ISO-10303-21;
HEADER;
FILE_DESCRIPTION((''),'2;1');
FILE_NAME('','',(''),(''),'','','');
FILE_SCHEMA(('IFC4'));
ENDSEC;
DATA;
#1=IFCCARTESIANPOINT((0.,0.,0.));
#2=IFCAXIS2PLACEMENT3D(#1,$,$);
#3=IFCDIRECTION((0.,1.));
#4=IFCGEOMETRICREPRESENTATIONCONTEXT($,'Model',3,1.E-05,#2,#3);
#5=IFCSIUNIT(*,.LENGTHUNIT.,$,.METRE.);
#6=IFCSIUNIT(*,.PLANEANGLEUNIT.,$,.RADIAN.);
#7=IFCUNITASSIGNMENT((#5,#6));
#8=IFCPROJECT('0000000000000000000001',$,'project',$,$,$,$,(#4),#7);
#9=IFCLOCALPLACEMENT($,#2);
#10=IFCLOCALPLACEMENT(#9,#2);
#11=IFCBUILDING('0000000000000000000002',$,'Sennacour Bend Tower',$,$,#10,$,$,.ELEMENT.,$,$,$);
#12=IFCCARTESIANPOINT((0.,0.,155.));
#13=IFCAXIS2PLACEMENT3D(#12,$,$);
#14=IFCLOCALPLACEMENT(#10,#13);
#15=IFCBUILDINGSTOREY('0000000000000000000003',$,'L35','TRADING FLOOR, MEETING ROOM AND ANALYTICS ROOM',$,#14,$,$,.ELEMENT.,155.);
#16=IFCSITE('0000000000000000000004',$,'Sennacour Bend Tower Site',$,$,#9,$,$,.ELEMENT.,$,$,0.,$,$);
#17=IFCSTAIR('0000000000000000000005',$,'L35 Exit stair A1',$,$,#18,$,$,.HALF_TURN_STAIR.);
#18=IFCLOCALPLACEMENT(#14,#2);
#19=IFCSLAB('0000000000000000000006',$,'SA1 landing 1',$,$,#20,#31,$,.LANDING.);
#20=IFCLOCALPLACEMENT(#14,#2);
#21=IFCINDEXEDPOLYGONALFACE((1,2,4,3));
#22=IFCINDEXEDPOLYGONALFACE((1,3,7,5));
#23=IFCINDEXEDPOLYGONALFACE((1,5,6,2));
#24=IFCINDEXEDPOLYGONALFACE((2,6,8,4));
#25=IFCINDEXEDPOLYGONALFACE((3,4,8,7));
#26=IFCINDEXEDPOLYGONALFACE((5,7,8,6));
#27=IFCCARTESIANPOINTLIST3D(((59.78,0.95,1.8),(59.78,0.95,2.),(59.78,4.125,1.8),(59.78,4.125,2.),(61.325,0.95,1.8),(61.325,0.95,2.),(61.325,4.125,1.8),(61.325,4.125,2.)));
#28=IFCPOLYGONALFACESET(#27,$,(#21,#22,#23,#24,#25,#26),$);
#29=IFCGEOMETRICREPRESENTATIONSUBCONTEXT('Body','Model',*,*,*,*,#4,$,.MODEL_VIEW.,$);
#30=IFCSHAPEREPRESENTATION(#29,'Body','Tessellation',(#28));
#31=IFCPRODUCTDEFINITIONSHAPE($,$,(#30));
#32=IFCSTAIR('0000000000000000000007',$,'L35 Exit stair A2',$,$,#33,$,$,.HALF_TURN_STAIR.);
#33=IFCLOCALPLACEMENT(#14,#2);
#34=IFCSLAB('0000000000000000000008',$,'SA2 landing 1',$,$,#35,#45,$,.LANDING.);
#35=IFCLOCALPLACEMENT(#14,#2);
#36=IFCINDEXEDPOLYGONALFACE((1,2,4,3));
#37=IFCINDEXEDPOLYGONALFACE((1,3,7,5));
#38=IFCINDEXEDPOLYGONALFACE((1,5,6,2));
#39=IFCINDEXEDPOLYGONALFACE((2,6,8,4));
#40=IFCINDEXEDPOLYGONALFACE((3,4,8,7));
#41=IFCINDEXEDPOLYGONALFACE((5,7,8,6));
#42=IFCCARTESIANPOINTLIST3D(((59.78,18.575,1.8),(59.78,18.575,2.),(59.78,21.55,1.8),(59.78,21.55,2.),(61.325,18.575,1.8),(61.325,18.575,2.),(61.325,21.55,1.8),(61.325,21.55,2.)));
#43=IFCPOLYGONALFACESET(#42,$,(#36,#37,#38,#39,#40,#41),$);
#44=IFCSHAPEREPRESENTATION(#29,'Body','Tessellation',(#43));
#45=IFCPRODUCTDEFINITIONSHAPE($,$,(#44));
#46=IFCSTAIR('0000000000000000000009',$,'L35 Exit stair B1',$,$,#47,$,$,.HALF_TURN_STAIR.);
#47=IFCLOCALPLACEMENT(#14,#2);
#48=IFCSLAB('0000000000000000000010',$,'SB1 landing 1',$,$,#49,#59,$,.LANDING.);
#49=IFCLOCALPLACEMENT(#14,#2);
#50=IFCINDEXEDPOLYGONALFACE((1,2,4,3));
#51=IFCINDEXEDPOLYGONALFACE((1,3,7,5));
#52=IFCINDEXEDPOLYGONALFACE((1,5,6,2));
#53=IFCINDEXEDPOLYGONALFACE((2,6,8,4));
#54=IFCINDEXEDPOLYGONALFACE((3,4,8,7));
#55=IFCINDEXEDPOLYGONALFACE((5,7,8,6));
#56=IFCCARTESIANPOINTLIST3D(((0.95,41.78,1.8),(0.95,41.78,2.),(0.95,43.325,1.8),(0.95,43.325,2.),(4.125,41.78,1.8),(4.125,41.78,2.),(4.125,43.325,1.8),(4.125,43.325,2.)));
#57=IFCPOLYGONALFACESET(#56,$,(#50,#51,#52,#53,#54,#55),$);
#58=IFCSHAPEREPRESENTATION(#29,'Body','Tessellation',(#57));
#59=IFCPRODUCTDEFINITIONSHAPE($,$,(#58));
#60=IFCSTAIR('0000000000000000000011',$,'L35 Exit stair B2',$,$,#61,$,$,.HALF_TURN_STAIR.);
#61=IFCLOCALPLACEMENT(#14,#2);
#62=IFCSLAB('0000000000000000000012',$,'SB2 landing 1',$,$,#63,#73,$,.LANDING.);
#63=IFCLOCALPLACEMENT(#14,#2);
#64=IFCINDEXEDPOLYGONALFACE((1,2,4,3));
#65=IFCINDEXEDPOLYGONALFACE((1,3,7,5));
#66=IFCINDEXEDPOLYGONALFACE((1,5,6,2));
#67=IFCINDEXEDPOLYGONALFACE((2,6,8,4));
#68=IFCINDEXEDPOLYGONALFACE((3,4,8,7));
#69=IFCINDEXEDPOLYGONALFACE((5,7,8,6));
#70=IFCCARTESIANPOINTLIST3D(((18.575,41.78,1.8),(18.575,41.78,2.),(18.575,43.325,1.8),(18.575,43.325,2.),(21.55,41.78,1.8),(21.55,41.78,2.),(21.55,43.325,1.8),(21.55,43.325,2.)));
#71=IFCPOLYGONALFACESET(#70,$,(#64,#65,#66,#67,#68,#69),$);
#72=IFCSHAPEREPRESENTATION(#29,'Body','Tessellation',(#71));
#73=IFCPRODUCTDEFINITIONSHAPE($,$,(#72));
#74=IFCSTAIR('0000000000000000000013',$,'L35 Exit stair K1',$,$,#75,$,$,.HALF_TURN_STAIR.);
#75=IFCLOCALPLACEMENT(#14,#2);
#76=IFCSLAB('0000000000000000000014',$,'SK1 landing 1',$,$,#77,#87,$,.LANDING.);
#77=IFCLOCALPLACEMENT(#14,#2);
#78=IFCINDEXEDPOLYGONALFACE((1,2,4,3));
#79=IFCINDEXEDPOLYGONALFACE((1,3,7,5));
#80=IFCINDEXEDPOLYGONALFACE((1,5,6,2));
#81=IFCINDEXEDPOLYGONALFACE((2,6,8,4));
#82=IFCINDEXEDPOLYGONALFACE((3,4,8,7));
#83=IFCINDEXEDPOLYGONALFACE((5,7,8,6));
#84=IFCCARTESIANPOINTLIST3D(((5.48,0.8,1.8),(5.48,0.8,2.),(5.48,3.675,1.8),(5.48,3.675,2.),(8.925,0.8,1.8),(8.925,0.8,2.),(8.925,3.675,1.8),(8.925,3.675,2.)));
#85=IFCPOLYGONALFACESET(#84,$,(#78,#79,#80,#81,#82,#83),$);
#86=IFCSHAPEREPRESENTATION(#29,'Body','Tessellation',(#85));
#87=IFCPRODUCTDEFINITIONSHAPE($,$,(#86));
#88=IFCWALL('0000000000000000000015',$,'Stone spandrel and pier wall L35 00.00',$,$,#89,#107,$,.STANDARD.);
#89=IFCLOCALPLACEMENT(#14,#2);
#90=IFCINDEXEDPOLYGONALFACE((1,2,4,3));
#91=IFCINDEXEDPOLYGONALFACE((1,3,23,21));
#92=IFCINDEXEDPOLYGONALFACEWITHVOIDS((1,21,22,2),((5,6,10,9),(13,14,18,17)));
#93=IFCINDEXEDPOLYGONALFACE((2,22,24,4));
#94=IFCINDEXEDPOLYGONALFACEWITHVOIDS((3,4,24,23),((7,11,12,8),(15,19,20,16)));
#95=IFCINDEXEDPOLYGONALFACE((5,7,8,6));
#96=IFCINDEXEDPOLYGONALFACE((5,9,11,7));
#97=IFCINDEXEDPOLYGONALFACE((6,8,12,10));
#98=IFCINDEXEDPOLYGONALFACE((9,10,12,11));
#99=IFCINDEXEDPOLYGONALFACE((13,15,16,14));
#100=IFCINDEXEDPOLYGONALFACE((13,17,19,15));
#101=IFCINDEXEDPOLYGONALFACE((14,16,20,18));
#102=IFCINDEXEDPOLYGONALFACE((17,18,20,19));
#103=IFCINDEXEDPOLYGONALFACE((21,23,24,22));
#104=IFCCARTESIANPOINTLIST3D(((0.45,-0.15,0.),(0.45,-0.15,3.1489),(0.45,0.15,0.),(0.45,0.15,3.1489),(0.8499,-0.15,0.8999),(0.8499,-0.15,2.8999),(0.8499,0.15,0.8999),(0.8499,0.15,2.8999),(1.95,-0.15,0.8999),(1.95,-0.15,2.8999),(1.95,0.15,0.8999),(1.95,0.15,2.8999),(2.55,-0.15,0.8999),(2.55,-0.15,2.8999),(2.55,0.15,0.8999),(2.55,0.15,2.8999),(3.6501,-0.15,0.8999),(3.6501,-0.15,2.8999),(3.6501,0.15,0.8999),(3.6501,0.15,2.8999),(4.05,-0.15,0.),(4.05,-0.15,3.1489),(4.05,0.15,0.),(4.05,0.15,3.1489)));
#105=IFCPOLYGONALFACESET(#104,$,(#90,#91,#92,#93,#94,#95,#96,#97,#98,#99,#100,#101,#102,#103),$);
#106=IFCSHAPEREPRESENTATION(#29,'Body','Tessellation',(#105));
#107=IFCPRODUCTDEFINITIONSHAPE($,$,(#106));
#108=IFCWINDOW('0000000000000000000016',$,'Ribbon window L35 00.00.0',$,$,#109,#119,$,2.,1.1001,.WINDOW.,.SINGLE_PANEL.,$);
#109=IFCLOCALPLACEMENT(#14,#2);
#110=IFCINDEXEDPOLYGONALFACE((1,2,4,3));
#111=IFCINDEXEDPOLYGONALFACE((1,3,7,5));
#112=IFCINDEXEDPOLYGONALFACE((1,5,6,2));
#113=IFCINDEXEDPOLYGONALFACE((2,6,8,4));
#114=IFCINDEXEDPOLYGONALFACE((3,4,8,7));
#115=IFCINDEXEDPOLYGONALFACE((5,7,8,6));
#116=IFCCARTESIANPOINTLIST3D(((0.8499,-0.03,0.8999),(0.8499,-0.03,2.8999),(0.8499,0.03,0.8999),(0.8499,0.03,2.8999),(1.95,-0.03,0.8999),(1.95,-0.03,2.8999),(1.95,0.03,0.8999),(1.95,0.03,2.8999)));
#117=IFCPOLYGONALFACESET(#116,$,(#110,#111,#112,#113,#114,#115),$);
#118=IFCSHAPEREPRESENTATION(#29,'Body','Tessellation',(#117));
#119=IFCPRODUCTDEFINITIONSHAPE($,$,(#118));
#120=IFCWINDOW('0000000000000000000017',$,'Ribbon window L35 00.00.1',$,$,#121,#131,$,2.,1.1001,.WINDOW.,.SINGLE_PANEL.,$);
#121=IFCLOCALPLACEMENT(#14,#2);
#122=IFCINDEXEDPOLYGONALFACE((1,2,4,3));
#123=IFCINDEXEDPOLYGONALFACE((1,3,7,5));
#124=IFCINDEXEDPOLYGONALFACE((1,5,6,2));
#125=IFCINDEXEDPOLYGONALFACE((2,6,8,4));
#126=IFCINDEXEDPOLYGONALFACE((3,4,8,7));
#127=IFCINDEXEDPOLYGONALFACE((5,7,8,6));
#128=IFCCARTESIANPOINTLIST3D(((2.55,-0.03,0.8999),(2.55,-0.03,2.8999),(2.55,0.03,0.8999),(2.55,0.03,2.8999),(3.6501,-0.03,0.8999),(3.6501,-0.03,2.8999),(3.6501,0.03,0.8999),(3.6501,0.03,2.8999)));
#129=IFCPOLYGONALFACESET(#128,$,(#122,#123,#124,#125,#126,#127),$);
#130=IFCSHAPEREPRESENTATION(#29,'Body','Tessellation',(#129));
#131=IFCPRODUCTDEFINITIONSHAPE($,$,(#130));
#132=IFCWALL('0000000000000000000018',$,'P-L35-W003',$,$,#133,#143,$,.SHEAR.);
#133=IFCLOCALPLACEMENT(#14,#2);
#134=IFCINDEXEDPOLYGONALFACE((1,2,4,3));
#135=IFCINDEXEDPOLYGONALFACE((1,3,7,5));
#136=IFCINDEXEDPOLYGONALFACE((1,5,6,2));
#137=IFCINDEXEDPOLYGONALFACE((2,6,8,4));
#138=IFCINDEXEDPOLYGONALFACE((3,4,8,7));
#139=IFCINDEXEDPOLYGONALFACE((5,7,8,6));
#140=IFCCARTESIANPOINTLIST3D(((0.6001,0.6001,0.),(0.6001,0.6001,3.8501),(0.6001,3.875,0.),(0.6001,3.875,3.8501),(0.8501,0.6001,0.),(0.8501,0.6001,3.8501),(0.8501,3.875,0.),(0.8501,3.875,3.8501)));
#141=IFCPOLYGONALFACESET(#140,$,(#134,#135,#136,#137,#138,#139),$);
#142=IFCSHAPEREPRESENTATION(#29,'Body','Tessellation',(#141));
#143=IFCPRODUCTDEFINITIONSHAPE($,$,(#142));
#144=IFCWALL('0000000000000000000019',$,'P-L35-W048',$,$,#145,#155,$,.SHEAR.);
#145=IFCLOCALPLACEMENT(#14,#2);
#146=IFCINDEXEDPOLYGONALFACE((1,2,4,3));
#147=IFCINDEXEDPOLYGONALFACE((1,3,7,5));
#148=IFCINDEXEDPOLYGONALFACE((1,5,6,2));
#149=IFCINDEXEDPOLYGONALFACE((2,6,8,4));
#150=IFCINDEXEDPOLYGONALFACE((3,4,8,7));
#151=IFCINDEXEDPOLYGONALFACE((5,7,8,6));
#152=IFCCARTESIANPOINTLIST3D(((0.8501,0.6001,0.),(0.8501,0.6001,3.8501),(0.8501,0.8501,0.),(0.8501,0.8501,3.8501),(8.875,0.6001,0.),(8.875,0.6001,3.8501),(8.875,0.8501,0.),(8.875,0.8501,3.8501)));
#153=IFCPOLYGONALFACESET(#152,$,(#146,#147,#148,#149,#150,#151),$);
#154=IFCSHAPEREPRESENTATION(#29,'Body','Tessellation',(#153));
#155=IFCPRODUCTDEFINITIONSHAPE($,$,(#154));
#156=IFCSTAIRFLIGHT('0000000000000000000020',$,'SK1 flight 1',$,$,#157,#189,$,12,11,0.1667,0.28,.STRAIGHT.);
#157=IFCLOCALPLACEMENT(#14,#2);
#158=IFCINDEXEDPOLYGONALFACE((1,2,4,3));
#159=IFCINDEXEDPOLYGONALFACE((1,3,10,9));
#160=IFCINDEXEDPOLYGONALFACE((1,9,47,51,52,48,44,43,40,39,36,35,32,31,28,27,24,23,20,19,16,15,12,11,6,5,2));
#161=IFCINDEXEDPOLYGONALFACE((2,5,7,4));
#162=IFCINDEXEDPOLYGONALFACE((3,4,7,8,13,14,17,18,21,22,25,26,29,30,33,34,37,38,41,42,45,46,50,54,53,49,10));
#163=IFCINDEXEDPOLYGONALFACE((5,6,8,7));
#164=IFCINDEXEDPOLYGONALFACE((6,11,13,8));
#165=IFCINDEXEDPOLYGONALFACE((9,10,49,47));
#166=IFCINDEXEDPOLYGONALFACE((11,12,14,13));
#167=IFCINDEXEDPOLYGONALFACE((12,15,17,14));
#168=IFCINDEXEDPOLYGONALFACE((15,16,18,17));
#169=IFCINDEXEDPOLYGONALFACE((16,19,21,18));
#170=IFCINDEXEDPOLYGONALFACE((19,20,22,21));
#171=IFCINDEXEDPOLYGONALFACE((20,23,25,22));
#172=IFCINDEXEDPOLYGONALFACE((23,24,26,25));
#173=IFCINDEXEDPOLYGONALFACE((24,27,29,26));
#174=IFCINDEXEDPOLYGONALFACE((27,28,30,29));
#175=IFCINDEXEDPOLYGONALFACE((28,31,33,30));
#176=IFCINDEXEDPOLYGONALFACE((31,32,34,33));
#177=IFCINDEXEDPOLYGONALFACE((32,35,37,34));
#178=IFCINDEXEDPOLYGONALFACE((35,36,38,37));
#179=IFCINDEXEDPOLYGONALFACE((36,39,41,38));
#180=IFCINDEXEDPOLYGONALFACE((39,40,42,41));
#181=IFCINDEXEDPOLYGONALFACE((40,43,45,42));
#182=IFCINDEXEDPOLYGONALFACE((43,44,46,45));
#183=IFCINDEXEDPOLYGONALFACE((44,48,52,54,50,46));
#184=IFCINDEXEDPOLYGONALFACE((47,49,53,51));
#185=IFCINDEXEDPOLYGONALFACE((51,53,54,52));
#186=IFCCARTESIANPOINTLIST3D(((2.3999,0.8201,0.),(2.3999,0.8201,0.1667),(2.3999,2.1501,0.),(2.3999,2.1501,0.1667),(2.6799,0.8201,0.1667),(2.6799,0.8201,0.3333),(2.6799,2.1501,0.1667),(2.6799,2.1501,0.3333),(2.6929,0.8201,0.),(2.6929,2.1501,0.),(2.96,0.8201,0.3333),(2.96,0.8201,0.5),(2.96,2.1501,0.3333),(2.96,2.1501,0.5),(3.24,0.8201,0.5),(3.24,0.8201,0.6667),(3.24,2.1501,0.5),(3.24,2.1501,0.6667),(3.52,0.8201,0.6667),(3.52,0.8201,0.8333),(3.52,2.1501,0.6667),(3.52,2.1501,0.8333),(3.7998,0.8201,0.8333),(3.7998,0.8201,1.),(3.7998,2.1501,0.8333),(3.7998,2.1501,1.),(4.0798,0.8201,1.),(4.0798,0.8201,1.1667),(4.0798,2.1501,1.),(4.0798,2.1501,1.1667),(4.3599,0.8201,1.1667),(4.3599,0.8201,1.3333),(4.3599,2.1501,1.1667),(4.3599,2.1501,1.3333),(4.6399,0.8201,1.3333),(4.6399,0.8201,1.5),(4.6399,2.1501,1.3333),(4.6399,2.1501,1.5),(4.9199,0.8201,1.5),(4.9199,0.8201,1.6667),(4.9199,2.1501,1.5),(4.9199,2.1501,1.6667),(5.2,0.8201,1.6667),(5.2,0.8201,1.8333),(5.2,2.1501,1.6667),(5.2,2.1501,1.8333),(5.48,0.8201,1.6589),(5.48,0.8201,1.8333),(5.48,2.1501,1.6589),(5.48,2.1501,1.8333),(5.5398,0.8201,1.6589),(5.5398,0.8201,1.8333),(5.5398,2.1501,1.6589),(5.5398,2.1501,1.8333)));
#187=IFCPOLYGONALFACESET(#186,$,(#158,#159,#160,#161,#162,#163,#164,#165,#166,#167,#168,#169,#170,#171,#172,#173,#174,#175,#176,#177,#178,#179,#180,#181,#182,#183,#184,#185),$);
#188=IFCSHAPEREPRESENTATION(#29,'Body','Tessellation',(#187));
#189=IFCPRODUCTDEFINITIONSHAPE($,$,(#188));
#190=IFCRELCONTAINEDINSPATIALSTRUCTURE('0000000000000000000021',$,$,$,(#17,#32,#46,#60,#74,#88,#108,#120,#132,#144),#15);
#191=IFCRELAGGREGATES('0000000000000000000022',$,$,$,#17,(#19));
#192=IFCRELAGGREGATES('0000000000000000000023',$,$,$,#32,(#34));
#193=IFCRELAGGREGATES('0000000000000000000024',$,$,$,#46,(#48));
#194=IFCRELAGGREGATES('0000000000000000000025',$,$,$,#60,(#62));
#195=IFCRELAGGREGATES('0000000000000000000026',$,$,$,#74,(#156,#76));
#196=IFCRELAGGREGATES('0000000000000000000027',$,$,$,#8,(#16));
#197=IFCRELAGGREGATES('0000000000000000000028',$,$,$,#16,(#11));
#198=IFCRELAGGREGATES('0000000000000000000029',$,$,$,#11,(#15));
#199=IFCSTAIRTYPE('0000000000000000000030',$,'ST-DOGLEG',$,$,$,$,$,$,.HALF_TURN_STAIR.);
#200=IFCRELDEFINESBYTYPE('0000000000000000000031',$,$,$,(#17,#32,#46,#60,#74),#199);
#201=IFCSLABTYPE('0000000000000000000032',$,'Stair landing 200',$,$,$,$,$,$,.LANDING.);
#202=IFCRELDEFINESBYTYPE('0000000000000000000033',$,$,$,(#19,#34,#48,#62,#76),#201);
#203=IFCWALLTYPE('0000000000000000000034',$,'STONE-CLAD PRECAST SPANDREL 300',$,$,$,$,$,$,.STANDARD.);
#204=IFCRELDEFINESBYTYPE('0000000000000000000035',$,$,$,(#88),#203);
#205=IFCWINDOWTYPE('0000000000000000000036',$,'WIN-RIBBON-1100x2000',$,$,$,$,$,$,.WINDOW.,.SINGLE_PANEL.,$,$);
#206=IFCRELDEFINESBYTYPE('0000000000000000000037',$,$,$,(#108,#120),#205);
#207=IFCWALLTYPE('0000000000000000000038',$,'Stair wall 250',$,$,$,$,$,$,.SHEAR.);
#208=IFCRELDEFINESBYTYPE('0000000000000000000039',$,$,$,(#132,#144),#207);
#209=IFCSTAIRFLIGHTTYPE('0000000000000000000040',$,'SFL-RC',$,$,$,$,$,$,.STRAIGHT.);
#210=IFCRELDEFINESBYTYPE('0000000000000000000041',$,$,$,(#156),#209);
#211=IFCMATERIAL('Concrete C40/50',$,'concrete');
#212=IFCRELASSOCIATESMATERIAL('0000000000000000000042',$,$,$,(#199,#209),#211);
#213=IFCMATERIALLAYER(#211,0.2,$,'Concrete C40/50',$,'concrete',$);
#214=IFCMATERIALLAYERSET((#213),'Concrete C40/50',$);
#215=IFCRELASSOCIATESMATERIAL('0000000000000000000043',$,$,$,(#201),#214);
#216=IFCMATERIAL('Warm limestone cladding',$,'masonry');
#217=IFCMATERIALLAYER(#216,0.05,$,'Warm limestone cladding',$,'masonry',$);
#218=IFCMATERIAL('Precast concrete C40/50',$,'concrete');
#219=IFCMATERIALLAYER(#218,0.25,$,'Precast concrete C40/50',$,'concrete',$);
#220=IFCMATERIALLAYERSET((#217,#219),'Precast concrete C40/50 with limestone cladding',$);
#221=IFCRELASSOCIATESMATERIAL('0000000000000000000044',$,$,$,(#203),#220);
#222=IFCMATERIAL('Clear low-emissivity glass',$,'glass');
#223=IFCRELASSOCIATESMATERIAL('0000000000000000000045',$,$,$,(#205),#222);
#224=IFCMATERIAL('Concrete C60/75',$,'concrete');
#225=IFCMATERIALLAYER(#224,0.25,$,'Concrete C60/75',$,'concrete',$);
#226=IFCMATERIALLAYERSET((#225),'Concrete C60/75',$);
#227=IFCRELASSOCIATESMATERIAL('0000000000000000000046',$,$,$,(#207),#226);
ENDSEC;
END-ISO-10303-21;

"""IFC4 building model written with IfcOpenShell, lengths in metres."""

from ifc_helpers import new_model, si_unit, direction, frame, frame_2d, origin, place, context, subcontext, project, spatial, polyline, rectangle, outline, extrude, material, layer, layer_set, type_object, element, fill, aggregate, save


model = new_model("IFC4")

# Units and contexts
model_context = context("Model", 3, precision=1e-05, world=origin(), true_north=direction((0.0, 1.0)))
body_context = subcontext(model_context, "Body", "Model", "MODEL_VIEW")
ifc_project = project(units=[si_unit("LENGTHUNIT", "METRE"), si_unit("PLANEANGLEUNIT", "RADIAN")], contexts=[model_context])

# Site, building, storey
site_placement = place(None, origin())
site = spatial("IfcSite", under=ifc_project, at=site_placement, Name="Sennacour Bend Tower Site", CompositionType="ELEMENT", RefElevation=0.0)
building_placement = place(site_placement, origin())
building = spatial("IfcBuilding", under=site, at=building_placement, Name="Sennacour Bend Tower", CompositionType="ELEMENT")
storey_placement = place(building_placement, frame((0.0, 0.0, 155.0)))
storey = spatial("IfcBuildingStorey", under=building, at=storey_placement, Name="L35", Description="TRADING FLOOR, MEETING ROOM AND ANALYTICS ROOM", CompositionType="ELEMENT", Elevation=155.0)

# Shared definitions
ifc_material_1 = material(Name="Concrete C40/50", Category="concrete")

# Stairs, slabs
stair_type = type_object("IfcStairType", Name="ST-DOGLEG", PredefinedType="HALF_TURN_STAIR", material=ifc_material_1)
stair_1_placement = place(storey_placement, origin())
stair_1 = element("IfcStair", 1, at=stair_1_placement, inside=storey, type_object=stair_type, Name="L35 Exit stair A1", PredefinedType="HALF_TURN_STAIR")
ifc_layer_1 = layer(ifc_material_1, 0.2, Name="Concrete C40/50", Category="concrete")
ifc_layer_set_1 = layer_set([ifc_layer_1], Name="Concrete C40/50")
slab_type_1 = type_object("IfcSlabType", Name="Stair landing 200", PredefinedType="LANDING", material=ifc_layer_set_1)
slab_1_placement = place(storey_placement, frame((0.0, 0.0, 1.8)))
slab_1 = element("IfcSlab", 2, at=slab_1_placement, type_object=slab_type_1, Name="SA1 landing 1", PredefinedType="LANDING", context=body_context, shape_type="SweptSolid", body=[
    extrude(outline(polyline([(59.78, 0.95), (61.325, 0.95), (61.325, 4.125), (59.78, 4.125), (59.78, 0.95)])), origin(), (0.0, 0.0, 1.0), 0.2),
])
aggregate(stair_1, [slab_1])
stair_2_placement = place(storey_placement, origin())
stair_2 = element("IfcStair", 3, at=stair_2_placement, inside=storey, type_object=stair_type, Name="L35 Exit stair A2", PredefinedType="HALF_TURN_STAIR")
slab_2_placement = place(storey_placement, frame((0.0, 0.0, 1.8)))
slab_2 = element("IfcSlab", 4, at=slab_2_placement, type_object=slab_type_1, Name="SA2 landing 1", PredefinedType="LANDING", context=body_context, shape_type="SweptSolid", body=[
    extrude(outline(polyline([(59.78, 18.575), (61.325, 18.575), (61.325, 21.55), (59.78, 21.55), (59.78, 18.575)])), origin(), (0.0, 0.0, 1.0), 0.2),
])
aggregate(stair_2, [slab_2])
stair_3_placement = place(storey_placement, origin())
stair_3 = element("IfcStair", 5, at=stair_3_placement, inside=storey, type_object=stair_type, Name="L35 Exit stair B1", PredefinedType="HALF_TURN_STAIR")
slab_3_placement = place(storey_placement, frame((0.0, 0.0, 1.8)))
slab_3 = element("IfcSlab", 6, at=slab_3_placement, type_object=slab_type_1, Name="SB1 landing 1", PredefinedType="LANDING", context=body_context, shape_type="SweptSolid", body=[
    extrude(outline(polyline([(0.95, 41.78), (4.125, 41.78), (4.125, 43.325), (0.95, 43.325), (0.95, 41.78)])), origin(), (0.0, 0.0, 1.0), 0.2),
])
aggregate(stair_3, [slab_3])
stair_4_placement = place(storey_placement, origin())
stair_4 = element("IfcStair", 7, at=stair_4_placement, inside=storey, type_object=stair_type, Name="L35 Exit stair B2", PredefinedType="HALF_TURN_STAIR")
slab_4_placement = place(storey_placement, frame((0.0, 0.0, 1.8)))
slab_4 = element("IfcSlab", 8, at=slab_4_placement, type_object=slab_type_1, Name="SB2 landing 1", PredefinedType="LANDING", context=body_context, shape_type="SweptSolid", body=[
    extrude(outline(polyline([(18.575, 41.78), (21.55, 41.78), (21.55, 43.325), (18.575, 43.325), (18.575, 41.78)])), origin(), (0.0, 0.0, 1.0), 0.2),
])
aggregate(stair_4, [slab_4])
stair_5_placement = place(storey_placement, origin())
stair_5 = element("IfcStair", 9, at=stair_5_placement, inside=storey, type_object=stair_type, Name="L35 Exit stair K1", PredefinedType="HALF_TURN_STAIR")
slab_5_placement = place(storey_placement, frame((0.0, 0.0, 1.8)))
slab_5 = element("IfcSlab", 10, at=slab_5_placement, type_object=slab_type_1, Name="SK1 landing 1", PredefinedType="LANDING", context=body_context, shape_type="SweptSolid", body=[
    extrude(outline(polyline([(5.48, 0.8), (8.925, 0.8), (8.925, 3.675), (5.48, 3.675), (5.48, 0.8)])), origin(), (0.0, 0.0, 1.0), 0.2),
])

# Wall, openings, windows
ifc_material_2 = material(Name="Warm limestone cladding", Category="masonry")
ifc_layer_2 = layer(ifc_material_2, 0.05, Name="Warm limestone cladding", Category="masonry")
ifc_material_3 = material(Name="Precast concrete C40/50", Category="concrete")
ifc_layer_3 = layer(ifc_material_3, 0.25, Name="Precast concrete C40/50", Category="concrete")
ifc_layer_set_2 = layer_set([ifc_layer_2, ifc_layer_3], Name="Precast concrete C40/50 with limestone cladding")
wall_type_1 = type_object("IfcWallType", Name="STONE-CLAD PRECAST SPANDREL 300", PredefinedType="STANDARD", material=ifc_layer_set_2)
wall_1_placement = place(storey_placement, frame((0.45, 0.0, 0.0), z_axis=(0.0, 0.0, 1.0), x_axis=(1.0, 0.0, 0.0)))
wall_1 = element("IfcWall", 11, at=wall_1_placement, inside=storey, type_object=wall_type_1, Name="Stone spandrel and pier wall L35 00.00", PredefinedType="STANDARD", context=body_context, shape_type="SweptSolid", body=[
    extrude(rectangle(XDim=3.6001, YDim=0.3, at=frame_2d((1.8, 0.0))), origin(), (0.0, 0.0, 1.0), 3.1489),
])
opening_1_placement = place(wall_1_placement, frame((0.3999, 0.0, 0.8999)))
opening_1 = element("IfcOpeningElement", 12, at=opening_1_placement, cuts=wall_1, PredefinedType="OPENING", context=body_context, shape_type="SweptSolid", body=[
    extrude(rectangle(XDim=1.1001, YDim=2.0, at=frame_2d((0.55, 1.0))), frame((0.0, 0.1602, 0.0), z_axis=(0.0, -1.0, 0.0), x_axis=(1.0, 0.0, 0.0)), (0.0, 0.0, 1.0), 0.3201),
])
opening_2_placement = place(wall_1_placement, frame((2.1001, 0.0, 0.8999)))
opening_2 = element("IfcOpeningElement", 13, at=opening_2_placement, cuts=wall_1, PredefinedType="OPENING", context=body_context, shape_type="SweptSolid", body=[
    extrude(rectangle(XDim=1.1001, YDim=2.0, at=frame_2d((0.55, 1.0))), frame((0.0, 0.1602, 0.0), z_axis=(0.0, -1.0, 0.0), x_axis=(1.0, 0.0, 0.0)), (0.0, 0.0, 1.0), 0.3201),
])
ifc_material_4 = material(Name="Clear low-emissivity glass", Category="glass")
window_type = type_object("IfcWindowType", Name="WIN-RIBBON-1100x2000", PartitioningType="SINGLE_PANEL", PredefinedType="WINDOW", material=ifc_material_4)
window_1_placement = place(opening_1_placement, origin())
window_1 = element("IfcWindow", 14, at=window_1_placement, inside=storey, type_object=window_type, Name="Ribbon window L35 00.00.0", OverallHeight=2.0, OverallWidth=1.1001, PartitioningType="SINGLE_PANEL", PredefinedType="WINDOW", context=body_context, shape_type="SweptSolid", body=[
    extrude(rectangle(XDim=1.1001, YDim=2.0, at=frame_2d((0.55, 1.0))), frame((0.0, 0.03, 0.0), z_axis=(0.0, -1.0, 0.0), x_axis=(1.0, 0.0, 0.0)), (0.0, 0.0, 1.0), 0.0601),
])
fill(opening_1, window_1)
window_2_placement = place(opening_2_placement, origin())
window_2 = element("IfcWindow", 15, at=window_2_placement, inside=storey, type_object=window_type, Name="Ribbon window L35 00.00.1", OverallHeight=2.0, OverallWidth=1.1001, PartitioningType="SINGLE_PANEL", PredefinedType="WINDOW", context=body_context, shape_type="SweptSolid", body=[
    extrude(rectangle(XDim=1.1001, YDim=2.0, at=frame_2d((0.55, 1.0))), frame((0.0, 0.03, 0.0), z_axis=(0.0, -1.0, 0.0), x_axis=(1.0, 0.0, 0.0)), (0.0, 0.0, 1.0), 0.0601),
])
fill(opening_2, window_2)

# Walls
ifc_material_5 = material(Name="Concrete C60/75", Category="concrete")
ifc_layer_4 = layer(ifc_material_5, 0.25, Name="Concrete C60/75", Category="concrete")
ifc_layer_set_3 = layer_set([ifc_layer_4], Name="Concrete C60/75")
wall_type_2 = type_object("IfcWallType", Name="Stair wall 250", PredefinedType="SHEAR", material=ifc_layer_set_3)
wall_2_placement = place(storey_placement, frame((0.7251, 0.6001, 0.0), z_axis=(0.0, 0.0, 1.0), x_axis=(0.0, 1.0, 0.0)))
element("IfcWall", 16, at=wall_2_placement, inside=storey, type_object=wall_type_2, Name="P-L35-W003", PredefinedType="SHEAR", context=body_context, shape_type="SweptSolid", body=[
    extrude(rectangle(XDim=3.2749, YDim=0.25, at=frame_2d((1.6375, 0.0))), origin(), (0.0, 0.0, 1.0), 3.8501),
])
wall_3_placement = place(storey_placement, frame((0.8501, 0.7251, 0.0), z_axis=(0.0, 0.0, 1.0), x_axis=(1.0, 0.0, 0.0)))
element("IfcWall", 17, at=wall_3_placement, inside=storey, type_object=wall_type_2, Name="P-L35-W048", PredefinedType="SHEAR", context=body_context, shape_type="SweptSolid", body=[
    extrude(rectangle(XDim=8.0249, YDim=0.25, at=frame_2d((4.0125, 0.0))), origin(), (0.0, 0.0, 1.0), 3.8501),
])

# Stair flight
stair_flight_type = type_object("IfcStairFlightType", Name="SFL-RC", PredefinedType="STRAIGHT", material=ifc_material_1)
stair_flight_placement = place(storey_placement, frame((2.3999, 1.4851, 0.0), z_axis=(0.0, 0.0, 1.0), x_axis=(1.0, 0.0, 0.0)))
stair_flight = element("IfcStairFlight", 18, at=stair_flight_placement, type_object=stair_flight_type, Name="SK1 flight 1", NumberOfRisers=12, NumberOfTreads=11, PredefinedType="STRAIGHT", RiserHeight=0.1667, TreadLength=0.28, context=body_context, shape_type="SweptSolid", body=[
    extrude(outline(polyline([(0.0, 0.0), (0.0, 0.1667), (0.28, 0.1667), (0.28, 0.3333), (0.5601, 0.3333), (0.5601, 0.5), (0.8401, 0.5), (0.8401, 0.6667), (1.1201, 0.6667), (1.1201, 0.8333), (1.3999, 0.8333), (1.3999, 1.0), (1.6799, 1.0), (1.6799, 1.1667), (1.96, 1.1667), (1.96, 1.3333), (2.24, 1.3333), (2.24, 1.5), (2.52, 1.5), (2.52, 1.6667), (2.8, 1.6667), (2.8, 1.8333), (3.0801, 1.8333), (3.1399, 1.8333), (3.1399, 1.6589), (3.0801, 1.6589), (0.293, 0.0), (0.0, 0.0)])), frame((0.0, 0.665, 0.0), z_axis=(0.0, -1.0, 0.0), x_axis=(1.0, 0.0, 0.0)), (0.0, 0.0, 1.0), 1.3301),
])
aggregate(stair_5, [stair_flight, slab_5])

save(model, "model.ifc")
